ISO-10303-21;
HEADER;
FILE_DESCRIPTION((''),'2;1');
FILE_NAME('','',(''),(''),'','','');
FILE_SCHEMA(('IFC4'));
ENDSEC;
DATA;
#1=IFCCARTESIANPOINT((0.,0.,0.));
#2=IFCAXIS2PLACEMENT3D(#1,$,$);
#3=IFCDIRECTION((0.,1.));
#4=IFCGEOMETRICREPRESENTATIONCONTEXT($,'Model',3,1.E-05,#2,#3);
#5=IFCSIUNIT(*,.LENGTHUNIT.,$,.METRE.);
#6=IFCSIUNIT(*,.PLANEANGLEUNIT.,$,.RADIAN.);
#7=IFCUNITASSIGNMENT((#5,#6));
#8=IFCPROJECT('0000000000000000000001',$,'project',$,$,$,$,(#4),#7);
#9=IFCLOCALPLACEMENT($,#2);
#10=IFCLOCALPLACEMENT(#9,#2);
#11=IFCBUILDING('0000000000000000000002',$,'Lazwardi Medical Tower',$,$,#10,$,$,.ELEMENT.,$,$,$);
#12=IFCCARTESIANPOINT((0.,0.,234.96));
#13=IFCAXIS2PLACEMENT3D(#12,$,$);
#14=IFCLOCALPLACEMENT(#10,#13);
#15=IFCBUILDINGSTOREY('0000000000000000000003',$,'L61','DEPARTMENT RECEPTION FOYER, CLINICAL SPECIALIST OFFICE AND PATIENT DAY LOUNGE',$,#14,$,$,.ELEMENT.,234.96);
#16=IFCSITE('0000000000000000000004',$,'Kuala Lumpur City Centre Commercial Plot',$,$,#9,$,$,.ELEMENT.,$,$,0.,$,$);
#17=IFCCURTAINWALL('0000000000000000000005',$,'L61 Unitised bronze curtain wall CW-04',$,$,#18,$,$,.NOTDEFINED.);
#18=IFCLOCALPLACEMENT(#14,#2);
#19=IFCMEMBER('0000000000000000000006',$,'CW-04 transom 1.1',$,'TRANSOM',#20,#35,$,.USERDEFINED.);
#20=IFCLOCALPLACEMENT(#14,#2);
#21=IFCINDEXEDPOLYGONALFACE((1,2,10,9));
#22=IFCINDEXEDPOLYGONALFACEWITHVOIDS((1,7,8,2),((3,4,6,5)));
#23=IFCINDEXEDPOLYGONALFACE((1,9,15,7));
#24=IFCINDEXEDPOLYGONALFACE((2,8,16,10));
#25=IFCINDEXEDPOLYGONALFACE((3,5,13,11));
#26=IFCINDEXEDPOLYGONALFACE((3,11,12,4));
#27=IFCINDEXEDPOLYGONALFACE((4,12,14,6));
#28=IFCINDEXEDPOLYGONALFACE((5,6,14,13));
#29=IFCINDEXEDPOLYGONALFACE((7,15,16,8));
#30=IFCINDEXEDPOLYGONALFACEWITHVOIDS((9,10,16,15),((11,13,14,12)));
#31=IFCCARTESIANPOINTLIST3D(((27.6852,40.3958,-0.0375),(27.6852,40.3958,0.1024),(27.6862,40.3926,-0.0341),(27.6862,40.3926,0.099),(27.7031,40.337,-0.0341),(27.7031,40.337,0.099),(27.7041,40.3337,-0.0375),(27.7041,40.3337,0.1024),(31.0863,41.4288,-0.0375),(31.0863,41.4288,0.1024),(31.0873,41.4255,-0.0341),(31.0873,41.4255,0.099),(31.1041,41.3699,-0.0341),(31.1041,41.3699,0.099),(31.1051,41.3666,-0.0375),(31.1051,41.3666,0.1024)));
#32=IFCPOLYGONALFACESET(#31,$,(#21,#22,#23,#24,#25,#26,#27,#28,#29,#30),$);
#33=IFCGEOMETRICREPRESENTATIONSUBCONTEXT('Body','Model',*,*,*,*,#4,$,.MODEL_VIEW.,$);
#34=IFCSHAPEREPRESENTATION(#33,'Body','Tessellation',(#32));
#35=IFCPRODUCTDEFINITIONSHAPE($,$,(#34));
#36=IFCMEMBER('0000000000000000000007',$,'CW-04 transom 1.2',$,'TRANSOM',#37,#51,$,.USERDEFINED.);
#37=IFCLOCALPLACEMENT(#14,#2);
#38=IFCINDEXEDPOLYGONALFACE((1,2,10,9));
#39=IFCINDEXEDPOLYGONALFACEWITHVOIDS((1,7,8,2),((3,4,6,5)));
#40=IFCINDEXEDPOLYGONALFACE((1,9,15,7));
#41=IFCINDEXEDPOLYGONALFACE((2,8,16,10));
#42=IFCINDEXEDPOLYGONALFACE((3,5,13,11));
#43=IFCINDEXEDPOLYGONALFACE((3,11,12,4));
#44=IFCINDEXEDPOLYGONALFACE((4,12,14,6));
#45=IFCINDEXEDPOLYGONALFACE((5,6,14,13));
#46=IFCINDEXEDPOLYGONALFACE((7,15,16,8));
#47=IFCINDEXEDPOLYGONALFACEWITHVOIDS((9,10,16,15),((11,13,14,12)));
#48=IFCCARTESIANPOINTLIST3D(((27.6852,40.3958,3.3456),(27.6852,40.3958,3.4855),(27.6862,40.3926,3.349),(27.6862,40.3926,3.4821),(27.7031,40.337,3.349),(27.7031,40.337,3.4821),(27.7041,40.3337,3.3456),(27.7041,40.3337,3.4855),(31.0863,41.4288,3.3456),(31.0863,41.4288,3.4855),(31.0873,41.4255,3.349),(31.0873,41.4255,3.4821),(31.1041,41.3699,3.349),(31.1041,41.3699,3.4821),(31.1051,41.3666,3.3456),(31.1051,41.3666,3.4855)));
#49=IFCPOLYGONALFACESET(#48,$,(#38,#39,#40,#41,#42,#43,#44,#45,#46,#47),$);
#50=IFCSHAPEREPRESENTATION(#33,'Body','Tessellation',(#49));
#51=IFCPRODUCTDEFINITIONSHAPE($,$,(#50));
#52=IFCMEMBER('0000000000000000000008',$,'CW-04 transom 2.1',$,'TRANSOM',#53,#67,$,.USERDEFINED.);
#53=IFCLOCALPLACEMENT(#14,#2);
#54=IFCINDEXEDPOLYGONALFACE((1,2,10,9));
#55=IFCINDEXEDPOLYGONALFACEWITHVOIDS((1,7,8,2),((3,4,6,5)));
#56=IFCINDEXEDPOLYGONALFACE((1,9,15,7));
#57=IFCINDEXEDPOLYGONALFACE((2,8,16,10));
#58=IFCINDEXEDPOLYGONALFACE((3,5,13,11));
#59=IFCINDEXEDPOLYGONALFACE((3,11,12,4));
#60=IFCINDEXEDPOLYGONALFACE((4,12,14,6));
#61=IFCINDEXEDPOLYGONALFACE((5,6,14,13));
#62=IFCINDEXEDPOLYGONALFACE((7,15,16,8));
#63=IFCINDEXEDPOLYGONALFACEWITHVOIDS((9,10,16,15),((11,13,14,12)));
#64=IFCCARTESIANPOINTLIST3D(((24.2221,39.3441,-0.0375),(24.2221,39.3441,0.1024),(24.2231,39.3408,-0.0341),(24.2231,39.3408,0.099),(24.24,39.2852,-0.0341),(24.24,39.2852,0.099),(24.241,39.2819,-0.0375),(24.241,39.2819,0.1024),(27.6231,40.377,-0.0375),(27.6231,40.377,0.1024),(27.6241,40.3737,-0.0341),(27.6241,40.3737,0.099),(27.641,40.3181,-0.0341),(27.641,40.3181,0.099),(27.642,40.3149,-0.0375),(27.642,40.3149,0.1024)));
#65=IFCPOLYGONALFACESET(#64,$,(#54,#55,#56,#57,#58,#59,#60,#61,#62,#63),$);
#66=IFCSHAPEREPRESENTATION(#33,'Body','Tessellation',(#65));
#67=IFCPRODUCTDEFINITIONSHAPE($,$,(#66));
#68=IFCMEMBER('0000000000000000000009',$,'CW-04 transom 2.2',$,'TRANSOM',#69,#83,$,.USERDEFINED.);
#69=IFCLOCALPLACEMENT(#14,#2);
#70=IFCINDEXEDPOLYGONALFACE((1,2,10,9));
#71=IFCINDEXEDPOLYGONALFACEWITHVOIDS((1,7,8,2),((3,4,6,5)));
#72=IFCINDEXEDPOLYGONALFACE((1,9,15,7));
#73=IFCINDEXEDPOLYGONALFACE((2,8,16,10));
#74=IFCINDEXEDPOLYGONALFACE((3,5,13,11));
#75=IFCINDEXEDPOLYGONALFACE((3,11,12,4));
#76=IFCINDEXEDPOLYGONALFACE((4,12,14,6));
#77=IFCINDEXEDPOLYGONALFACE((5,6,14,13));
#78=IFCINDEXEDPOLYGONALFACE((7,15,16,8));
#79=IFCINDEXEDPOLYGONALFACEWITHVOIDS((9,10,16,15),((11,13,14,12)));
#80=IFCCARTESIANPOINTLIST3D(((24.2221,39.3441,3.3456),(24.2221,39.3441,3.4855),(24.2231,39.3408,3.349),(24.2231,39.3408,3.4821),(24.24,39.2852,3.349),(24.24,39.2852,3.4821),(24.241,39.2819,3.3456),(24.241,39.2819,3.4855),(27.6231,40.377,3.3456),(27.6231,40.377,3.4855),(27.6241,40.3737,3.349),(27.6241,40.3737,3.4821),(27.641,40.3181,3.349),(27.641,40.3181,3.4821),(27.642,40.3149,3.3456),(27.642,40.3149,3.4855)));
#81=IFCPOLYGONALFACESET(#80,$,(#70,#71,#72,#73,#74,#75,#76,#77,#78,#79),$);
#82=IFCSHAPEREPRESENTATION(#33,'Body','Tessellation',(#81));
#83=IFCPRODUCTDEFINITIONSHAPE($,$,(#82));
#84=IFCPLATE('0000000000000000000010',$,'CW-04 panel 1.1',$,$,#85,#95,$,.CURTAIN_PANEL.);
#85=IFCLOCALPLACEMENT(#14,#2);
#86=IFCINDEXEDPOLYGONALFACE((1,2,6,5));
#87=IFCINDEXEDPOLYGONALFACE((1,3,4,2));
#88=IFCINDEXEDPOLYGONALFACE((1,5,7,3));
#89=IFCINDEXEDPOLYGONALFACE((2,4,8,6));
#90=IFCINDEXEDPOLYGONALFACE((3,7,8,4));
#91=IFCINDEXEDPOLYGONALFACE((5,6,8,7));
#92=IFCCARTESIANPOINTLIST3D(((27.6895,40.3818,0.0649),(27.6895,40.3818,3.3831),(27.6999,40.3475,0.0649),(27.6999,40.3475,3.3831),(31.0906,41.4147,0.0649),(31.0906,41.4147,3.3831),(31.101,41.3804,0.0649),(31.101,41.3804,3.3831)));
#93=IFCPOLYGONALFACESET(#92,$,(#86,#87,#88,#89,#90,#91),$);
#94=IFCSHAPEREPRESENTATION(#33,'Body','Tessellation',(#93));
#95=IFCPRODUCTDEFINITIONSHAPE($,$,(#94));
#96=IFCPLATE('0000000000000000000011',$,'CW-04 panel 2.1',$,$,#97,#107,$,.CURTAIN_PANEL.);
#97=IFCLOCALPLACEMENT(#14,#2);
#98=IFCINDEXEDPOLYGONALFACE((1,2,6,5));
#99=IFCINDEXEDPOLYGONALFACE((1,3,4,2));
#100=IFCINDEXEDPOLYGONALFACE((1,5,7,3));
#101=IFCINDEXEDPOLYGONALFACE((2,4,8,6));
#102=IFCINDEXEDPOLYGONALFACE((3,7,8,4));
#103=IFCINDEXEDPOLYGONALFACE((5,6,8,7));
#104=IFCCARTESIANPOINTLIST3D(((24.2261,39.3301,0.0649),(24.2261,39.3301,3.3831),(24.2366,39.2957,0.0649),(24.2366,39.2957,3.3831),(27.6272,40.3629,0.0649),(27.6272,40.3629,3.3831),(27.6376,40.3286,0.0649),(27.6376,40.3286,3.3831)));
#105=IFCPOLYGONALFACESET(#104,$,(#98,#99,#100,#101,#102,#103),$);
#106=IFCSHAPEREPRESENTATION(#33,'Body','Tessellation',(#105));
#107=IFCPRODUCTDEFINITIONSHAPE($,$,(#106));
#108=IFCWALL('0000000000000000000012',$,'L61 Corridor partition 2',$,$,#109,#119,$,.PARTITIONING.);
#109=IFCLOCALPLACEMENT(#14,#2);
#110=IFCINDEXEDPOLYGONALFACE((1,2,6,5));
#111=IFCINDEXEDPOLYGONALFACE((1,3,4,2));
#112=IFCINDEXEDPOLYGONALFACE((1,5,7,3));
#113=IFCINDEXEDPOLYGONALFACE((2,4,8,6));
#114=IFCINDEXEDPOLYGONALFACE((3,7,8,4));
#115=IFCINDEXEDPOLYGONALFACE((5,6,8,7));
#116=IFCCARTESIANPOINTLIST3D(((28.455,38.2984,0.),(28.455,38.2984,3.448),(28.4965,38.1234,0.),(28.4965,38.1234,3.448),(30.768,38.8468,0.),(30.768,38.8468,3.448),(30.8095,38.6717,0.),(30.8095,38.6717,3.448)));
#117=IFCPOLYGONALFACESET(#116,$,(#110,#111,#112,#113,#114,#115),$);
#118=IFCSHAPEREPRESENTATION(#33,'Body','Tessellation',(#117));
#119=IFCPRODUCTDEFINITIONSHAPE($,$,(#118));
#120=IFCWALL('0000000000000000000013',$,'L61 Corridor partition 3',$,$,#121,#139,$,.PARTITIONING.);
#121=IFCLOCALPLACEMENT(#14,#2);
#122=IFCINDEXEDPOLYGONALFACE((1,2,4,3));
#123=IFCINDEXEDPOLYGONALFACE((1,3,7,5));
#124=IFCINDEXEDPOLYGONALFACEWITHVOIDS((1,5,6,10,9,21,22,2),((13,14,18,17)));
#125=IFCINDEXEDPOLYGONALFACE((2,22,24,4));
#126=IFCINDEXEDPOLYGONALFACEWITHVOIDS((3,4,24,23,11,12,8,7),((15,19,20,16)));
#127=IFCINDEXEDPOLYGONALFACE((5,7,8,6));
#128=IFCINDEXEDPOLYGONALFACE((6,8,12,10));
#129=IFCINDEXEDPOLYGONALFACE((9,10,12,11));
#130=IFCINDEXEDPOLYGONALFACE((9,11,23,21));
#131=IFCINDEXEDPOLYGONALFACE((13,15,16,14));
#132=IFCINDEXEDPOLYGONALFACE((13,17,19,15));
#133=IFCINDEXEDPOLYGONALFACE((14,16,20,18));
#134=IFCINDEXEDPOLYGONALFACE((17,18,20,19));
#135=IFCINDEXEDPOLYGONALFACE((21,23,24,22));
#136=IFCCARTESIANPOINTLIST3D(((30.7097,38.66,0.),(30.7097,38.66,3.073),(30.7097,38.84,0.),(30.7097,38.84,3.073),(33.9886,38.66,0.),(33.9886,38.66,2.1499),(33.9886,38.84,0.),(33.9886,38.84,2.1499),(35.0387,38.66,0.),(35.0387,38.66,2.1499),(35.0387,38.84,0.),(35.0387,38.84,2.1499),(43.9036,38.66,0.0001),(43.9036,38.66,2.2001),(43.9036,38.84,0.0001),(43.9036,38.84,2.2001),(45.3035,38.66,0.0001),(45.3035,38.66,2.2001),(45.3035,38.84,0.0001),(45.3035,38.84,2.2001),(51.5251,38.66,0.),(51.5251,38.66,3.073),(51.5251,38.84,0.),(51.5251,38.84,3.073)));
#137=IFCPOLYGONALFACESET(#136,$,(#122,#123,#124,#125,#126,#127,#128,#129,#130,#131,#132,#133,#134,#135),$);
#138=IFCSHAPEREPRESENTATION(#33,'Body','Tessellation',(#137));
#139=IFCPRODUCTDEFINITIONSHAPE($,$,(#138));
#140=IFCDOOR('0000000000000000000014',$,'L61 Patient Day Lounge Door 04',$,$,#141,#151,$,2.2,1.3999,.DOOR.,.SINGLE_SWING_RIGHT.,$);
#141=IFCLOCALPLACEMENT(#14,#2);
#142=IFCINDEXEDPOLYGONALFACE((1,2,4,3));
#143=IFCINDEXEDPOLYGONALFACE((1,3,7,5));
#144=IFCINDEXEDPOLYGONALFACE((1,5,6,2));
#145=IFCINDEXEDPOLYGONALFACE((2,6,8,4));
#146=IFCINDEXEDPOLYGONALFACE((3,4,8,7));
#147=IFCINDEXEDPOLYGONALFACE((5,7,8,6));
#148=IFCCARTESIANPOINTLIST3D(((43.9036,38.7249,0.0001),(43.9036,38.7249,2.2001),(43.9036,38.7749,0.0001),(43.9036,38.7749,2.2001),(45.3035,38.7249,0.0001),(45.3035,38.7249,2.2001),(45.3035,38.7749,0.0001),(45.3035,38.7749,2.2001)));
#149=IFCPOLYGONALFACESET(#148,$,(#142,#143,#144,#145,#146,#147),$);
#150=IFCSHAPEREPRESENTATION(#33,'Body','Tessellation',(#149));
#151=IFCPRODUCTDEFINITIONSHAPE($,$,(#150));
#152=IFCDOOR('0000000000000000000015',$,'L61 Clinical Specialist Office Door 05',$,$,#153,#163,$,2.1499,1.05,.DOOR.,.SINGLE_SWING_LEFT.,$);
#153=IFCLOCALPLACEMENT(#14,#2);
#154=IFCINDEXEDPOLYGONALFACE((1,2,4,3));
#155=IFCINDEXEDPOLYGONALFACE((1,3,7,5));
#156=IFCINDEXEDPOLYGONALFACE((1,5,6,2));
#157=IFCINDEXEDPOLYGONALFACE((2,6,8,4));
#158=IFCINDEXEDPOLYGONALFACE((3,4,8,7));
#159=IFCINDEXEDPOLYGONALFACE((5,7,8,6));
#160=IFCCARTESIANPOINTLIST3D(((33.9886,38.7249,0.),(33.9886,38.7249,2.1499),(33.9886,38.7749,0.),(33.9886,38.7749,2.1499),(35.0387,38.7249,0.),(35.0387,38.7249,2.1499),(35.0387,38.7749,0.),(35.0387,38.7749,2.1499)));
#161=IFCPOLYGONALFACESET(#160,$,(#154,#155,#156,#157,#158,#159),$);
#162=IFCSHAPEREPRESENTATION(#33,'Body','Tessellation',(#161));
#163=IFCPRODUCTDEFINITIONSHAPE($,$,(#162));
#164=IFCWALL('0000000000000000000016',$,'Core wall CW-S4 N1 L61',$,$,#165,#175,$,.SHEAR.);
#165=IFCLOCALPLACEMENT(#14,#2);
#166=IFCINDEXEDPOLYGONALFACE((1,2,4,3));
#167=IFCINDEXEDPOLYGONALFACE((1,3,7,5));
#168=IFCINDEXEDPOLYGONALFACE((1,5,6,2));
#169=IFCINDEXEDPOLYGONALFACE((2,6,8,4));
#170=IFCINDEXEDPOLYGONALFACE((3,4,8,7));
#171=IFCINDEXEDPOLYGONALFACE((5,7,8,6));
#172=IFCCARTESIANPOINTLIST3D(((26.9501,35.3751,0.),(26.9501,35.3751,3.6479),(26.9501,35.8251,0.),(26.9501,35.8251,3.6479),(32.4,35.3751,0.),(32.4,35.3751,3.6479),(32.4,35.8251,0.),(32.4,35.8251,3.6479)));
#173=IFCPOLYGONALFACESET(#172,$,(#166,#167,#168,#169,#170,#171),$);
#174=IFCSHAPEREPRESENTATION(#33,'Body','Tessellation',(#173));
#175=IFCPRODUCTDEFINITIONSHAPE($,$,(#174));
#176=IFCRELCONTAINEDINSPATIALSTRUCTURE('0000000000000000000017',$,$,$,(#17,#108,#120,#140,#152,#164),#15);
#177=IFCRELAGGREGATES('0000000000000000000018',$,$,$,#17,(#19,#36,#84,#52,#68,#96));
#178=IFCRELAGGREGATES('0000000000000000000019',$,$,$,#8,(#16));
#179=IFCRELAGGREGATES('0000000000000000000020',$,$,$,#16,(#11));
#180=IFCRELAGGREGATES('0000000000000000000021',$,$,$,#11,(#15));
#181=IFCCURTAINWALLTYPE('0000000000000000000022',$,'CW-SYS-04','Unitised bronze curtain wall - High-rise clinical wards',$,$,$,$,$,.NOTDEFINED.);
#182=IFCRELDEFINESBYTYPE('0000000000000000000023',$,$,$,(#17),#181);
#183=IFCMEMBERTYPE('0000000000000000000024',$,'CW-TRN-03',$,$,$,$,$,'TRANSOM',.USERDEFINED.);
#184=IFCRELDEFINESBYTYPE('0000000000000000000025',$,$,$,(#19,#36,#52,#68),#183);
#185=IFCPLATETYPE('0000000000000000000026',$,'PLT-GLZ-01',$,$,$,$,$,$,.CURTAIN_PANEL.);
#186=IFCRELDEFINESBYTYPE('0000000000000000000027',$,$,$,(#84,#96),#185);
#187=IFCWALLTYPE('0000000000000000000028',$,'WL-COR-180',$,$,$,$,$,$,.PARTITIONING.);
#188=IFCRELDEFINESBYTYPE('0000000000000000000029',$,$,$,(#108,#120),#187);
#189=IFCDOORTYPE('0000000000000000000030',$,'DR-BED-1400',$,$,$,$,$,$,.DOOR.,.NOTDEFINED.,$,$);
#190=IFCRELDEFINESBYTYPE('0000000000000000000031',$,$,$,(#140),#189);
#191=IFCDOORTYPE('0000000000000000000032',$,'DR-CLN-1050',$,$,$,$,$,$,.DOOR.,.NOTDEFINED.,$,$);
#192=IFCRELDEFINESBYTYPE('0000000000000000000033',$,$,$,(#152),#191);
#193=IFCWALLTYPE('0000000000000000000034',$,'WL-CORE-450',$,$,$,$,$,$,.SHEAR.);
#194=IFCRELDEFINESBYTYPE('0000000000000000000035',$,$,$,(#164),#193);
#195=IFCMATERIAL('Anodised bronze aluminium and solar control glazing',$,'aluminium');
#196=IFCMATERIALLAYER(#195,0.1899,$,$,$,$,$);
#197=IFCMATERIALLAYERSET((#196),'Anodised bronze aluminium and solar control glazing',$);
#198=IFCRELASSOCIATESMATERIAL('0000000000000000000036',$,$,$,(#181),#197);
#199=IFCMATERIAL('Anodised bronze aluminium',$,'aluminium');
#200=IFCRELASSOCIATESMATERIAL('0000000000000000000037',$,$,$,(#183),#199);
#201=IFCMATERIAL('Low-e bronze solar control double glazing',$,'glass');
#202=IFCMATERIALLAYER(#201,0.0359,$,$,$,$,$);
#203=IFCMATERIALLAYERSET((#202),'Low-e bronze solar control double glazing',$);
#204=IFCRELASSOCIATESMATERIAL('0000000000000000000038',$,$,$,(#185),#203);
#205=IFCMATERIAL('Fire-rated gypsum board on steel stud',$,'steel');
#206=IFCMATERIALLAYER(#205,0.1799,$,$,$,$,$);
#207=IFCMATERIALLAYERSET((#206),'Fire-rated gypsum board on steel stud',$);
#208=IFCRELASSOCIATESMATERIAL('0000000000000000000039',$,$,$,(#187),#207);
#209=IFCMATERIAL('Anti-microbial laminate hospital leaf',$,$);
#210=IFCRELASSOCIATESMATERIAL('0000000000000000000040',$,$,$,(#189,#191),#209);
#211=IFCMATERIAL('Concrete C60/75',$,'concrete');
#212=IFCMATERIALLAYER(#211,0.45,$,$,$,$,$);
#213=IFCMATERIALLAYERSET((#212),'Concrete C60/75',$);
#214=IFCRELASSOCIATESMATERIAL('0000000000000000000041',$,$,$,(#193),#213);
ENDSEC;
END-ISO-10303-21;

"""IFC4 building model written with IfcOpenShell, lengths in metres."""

from ifc_helpers import new_model, si_unit, direction, frame, frame_2d, origin, origin_2d, place, context, subcontext, project, spatial, rectangle, hollow_rectangle, extrude, material, layer, layer_set, material_profile, profile_set, type_object, element, fill, aggregate, save


model = new_model("IFC4")

# Units and contexts
model_context = context("Model", 3, precision=1e-05, world=origin(), true_north=direction((0.0, 1.0)))
body_context = subcontext(model_context, "Body", "Model", "MODEL_VIEW")
ifc_project = project(units=[si_unit("LENGTHUNIT", "METRE"), si_unit("PLANEANGLEUNIT", "RADIAN")], contexts=[model_context])

# Site, building, storey
site_placement = place(None, origin())
site = spatial("IfcSite", under=ifc_project, at=site_placement, Name="Kuala Lumpur City Centre Commercial Plot", CompositionType="ELEMENT", RefElevation=0.0)
building_placement = place(site_placement, origin())
building = spatial("IfcBuilding", under=site, at=building_placement, Name="Lazwardi Medical Tower", CompositionType="ELEMENT")
storey_placement = place(building_placement, frame((0.0, 0.0, 234.96)))
storey = spatial("IfcBuildingStorey", under=building, at=storey_placement, Name="L61", Description="DEPARTMENT RECEPTION FOYER, CLINICAL SPECIALIST OFFICE AND PATIENT DAY LOUNGE", CompositionType="ELEMENT", Elevation=234.96)

# Shared definitions
ifc_material_1 = material(Name="Concrete C60/75", Category="concrete")

# Curtain wall, members, plates
ifc_material_2 = material(Name="Anodised bronze aluminium and solar control glazing", Category="aluminium")
ifc_layer_1 = layer(ifc_material_2, 0.1899)
ifc_layer_set_1 = layer_set([ifc_layer_1], Name="Anodised bronze aluminium and solar control glazing")
curtain_wall_type = type_object("IfcCurtainWallType", Name="CW-SYS-04", Description="Unitised bronze curtain wall - High-rise clinical wards", PredefinedType="NOTDEFINED", material=ifc_layer_set_1)
curtain_wall_placement = place(storey_placement, origin())
curtain_wall = element("IfcCurtainWall", 1, at=curtain_wall_placement, inside=storey, type_object=curtain_wall_type, Name="L61 Unitised bronze curtain wall CW-04", PredefinedType="NOTDEFINED")
ifc_material_3 = material(Name="Anodised bronze aluminium", Category="aluminium")
ifc_material_profile_1 = material_profile(ifc_material_3, hollow_rectangle(XDim=0.0649, YDim=0.1399, WallThickness=0.0034, at=origin_2d()), Name="ALU-TRANSOM 140x65x3.5")
ifc_profile_set_1 = profile_set([ifc_material_profile_1], Name="Anodised bronze aluminium")
member_type_1 = type_object("IfcMemberType", Name="CW-TRN-03", ElementType="TRANSOM", PredefinedType="USERDEFINED", material=ifc_profile_set_1)
member_1_placement = place(storey_placement, frame((31.0957, 41.3977, 0.0325), z_axis=(-0.956843, -0.290604, 0.0), x_axis=(0.290604, -0.956843, 0.0)))
member_1 = element("IfcMember", 2, at=member_1_placement, type_object=member_type_1, Name="CW-04 transom 1.1", ObjectType="TRANSOM", PredefinedType="USERDEFINED", context=body_context, shape_type="SweptSolid", body=[
    extrude(hollow_rectangle(XDim=0.0649, YDim=0.1399, WallThickness=0.0034, at=origin_2d()), origin(), (0.0, 0.0, 1.0), 3.5544),
])
member_2_placement = place(storey_placement, frame((31.0957, 41.3977, 3.4155), z_axis=(-0.956843, -0.290604, 0.0), x_axis=(0.290604, -0.956843, 0.0)))
member_2 = element("IfcMember", 3, at=member_2_placement, type_object=member_type_1, Name="CW-04 transom 1.2", ObjectType="TRANSOM", PredefinedType="USERDEFINED", context=body_context, shape_type="SweptSolid", body=[
    extrude(hollow_rectangle(XDim=0.0649, YDim=0.1399, WallThickness=0.0034, at=origin_2d()), origin(), (0.0, 0.0, 1.0), 3.5544),
])
member_3_placement = place(storey_placement, frame((27.6326, 40.3459, 0.0325), z_axis=(-0.956843, -0.290604, 0.0), x_axis=(0.290604, -0.956843, 0.0)))
member_3 = element("IfcMember", 4, at=member_3_placement, type_object=member_type_1, Name="CW-04 transom 2.1", ObjectType="TRANSOM", PredefinedType="USERDEFINED", context=body_context, shape_type="SweptSolid", body=[
    extrude(hollow_rectangle(XDim=0.0649, YDim=0.1399, WallThickness=0.0034, at=origin_2d()), origin(), (0.0, 0.0, 1.0), 3.5544),
])
member_4_placement = place(storey_placement, frame((27.6326, 40.3459, 3.4155), z_axis=(-0.956843, -0.290604, 0.0), x_axis=(0.290604, -0.956843, 0.0)))
member_4 = element("IfcMember", 5, at=member_4_placement, type_object=member_type_1, Name="CW-04 transom 2.2", ObjectType="TRANSOM", PredefinedType="USERDEFINED", context=body_context, shape_type="SweptSolid", body=[
    extrude(hollow_rectangle(XDim=0.0649, YDim=0.1399, WallThickness=0.0034, at=origin_2d()), origin(), (0.0, 0.0, 1.0), 3.5544),
])
ifc_material_4 = material(Name="Low-e bronze solar control double glazing", Category="glass")
ifc_layer_2 = layer(ifc_material_4, 0.0359)
ifc_layer_set_2 = layer_set([ifc_layer_2], Name="Low-e bronze solar control double glazing")
plate_type = type_object("IfcPlateType", Name="PLT-GLZ-01", PredefinedType="CURTAIN_PANEL", material=ifc_layer_set_2)
plate_1_placement = place(storey_placement, frame((29.3953, 40.8811, 0.0649), z_axis=(0.0, 0.0, 1.0), x_axis=(-0.95685, -0.290582, 0.0)))
plate_1 = element("IfcPlate", 6, at=plate_1_placement, type_object=plate_type, Name="CW-04 panel 1.1", PredefinedType="CURTAIN_PANEL", context=body_context, shape_type="SweptSolid", body=[
    extrude(rectangle(XDim=3.5544, YDim=0.0359, at=origin_2d()), origin(), (0.0, 0.0, 1.0), 3.3181),
])
plate_2_placement = place(storey_placement, frame((25.9319, 39.8293, 0.0649), z_axis=(0.0, 0.0, 1.0), x_axis=(-0.95685, -0.290582, 0.0)))
plate_2 = element("IfcPlate", 7, at=plate_2_placement, type_object=plate_type, Name="CW-04 panel 2.1", PredefinedType="CURTAIN_PANEL", context=body_context, shape_type="SweptSolid", body=[
    extrude(rectangle(XDim=3.5544, YDim=0.0359, at=origin_2d()), origin(), (0.0, 0.0, 1.0), 3.3181),
])
aggregate(curtain_wall, [member_1, member_2, plate_1, member_3, member_4, plate_2])

# Wall
ifc_material_5 = material(Name="Fire-rated gypsum board on steel stud", Category="steel")
ifc_layer_3 = layer(ifc_material_5, 0.1799)
ifc_layer_set_3 = layer_set([ifc_layer_3], Name="Fire-rated gypsum board on steel stud")
wall_type_1 = type_object("IfcWallType", Name="WL-COR-180", PredefinedType="PARTITIONING", material=ifc_layer_set_3)
wall_1_placement = place(storey_placement, frame((28.4758, 38.2109, 0.0), z_axis=(0.0, 0.0, 1.0), x_axis=(0.973031, 0.230676, 0.0)))
element("IfcWall", 8, at=wall_1_placement, inside=storey, type_object=wall_type_1, Name="L61 Corridor partition 2", PredefinedType="PARTITIONING", context=body_context, shape_type="SweptSolid", body=[
    extrude(rectangle(XDim=2.3772, YDim=0.1799, at=frame_2d((1.1885, 0.0))), origin(), (0.0, 0.0, 1.0), 3.448),
])

# Wall, openings, doors
wall_2_placement = place(storey_placement, frame((30.7097, 38.75, 0.0), z_axis=(0.0, 0.0, 1.0), x_axis=(1.0, 0.0, 0.0)))
wall_2 = element("IfcWall", 9, at=wall_2_placement, inside=storey, type_object=wall_type_1, Name="L61 Corridor partition 3", PredefinedType="PARTITIONING", context=body_context, shape_type="SweptSolid", body=[
    extrude(rectangle(XDim=20.8154, YDim=0.1799, at=frame_2d((10.4077, 0.0))), origin(), (0.0, 0.0, 1.0), 3.073),
])
opening_1_placement = place(wall_2_placement, frame((13.1938, 0.0, 0.0)))
opening_1 = element("IfcOpeningElement", 10, at=opening_1_placement, cuts=wall_2, PredefinedType="OPENING", context=body_context, shape_type="SweptSolid", body=[
    extrude(rectangle(XDim=1.3999, YDim=2.2, at=frame_2d((0.7, 1.1001))), frame((0.0, 0.0999, 0.0), z_axis=(0.0, -1.0, 0.0), x_axis=(1.0, 0.0, 0.0)), (0.0, 0.0, 1.0), 0.2),
])
opening_2_placement = place(wall_2_placement, frame((3.2791, 0.0, 0.0)))
opening_2 = element("IfcOpeningElement", 11, at=opening_2_placement, cuts=wall_2, PredefinedType="OPENING", context=body_context, shape_type="SweptSolid", body=[
    extrude(rectangle(XDim=1.05, YDim=2.1499, at=frame_2d((0.5249, 1.075))), frame((0.0, 0.0999, 0.0), z_axis=(0.0, -1.0, 0.0), x_axis=(1.0, 0.0, 0.0)), (0.0, 0.0, 1.0), 0.2),
])
ifc_material_6 = material(Name="Anti-microbial laminate hospital leaf")
door_type_1 = type_object("IfcDoorType", Name="DR-BED-1400", OperationType="NOTDEFINED", PredefinedType="DOOR", material=ifc_material_6)
door_1_placement = place(opening_1_placement, origin())
door_1 = element("IfcDoor", 12, at=door_1_placement, inside=storey, type_object=door_type_1, Name="L61 Patient Day Lounge Door 04", OperationType="SINGLE_SWING_RIGHT", OverallHeight=2.2, OverallWidth=1.3999, PredefinedType="DOOR", context=body_context, shape_type="SweptSolid", body=[
    extrude(rectangle(XDim=1.3999, YDim=2.2, at=frame_2d((0.7, 1.1001))), frame((0.0, 0.0249, 0.0), z_axis=(0.0, -1.0, 0.0), x_axis=(1.0, 0.0, 0.0)), (0.0, 0.0, 1.0), 0.05),
])
fill(opening_1, door_1)
door_type_2 = type_object("IfcDoorType", Name="DR-CLN-1050", OperationType="NOTDEFINED", PredefinedType="DOOR", material=ifc_material_6)
door_2_placement = place(opening_2_placement, origin())
door_2 = element("IfcDoor", 13, at=door_2_placement, inside=storey, type_object=door_type_2, Name="L61 Clinical Specialist Office Door 05", OperationType="SINGLE_SWING_LEFT", OverallHeight=2.1499, OverallWidth=1.05, PredefinedType="DOOR", context=body_context, shape_type="SweptSolid", body=[
    extrude(rectangle(XDim=1.05, YDim=2.1499, at=frame_2d((0.5249, 1.075))), frame((0.0, 0.0249, 0.0), z_axis=(0.0, -1.0, 0.0), x_axis=(1.0, 0.0, 0.0)), (0.0, 0.0, 1.0), 0.05),
])
fill(opening_2, door_2)

# Wall
ifc_layer_4 = layer(ifc_material_1, 0.45)
ifc_layer_set_4 = layer_set([ifc_layer_4], Name="Concrete C60/75")
wall_type_2 = type_object("IfcWallType", Name="WL-CORE-450", PredefinedType="SHEAR", material=ifc_layer_set_4)
wall_3_placement = place(storey_placement, frame((26.95, 35.6001, 0.0), z_axis=(0.0, 0.0, 1.0), x_axis=(1.0, 0.0, 0.0)))
element("IfcWall", 14, at=wall_3_placement, inside=storey, type_object=wall_type_2, Name="Core wall CW-S4 N1 L61", PredefinedType="SHEAR", context=body_context, shape_type="SweptSolid", body=[
    extrude(rectangle(XDim=5.45, YDim=0.45, at=frame_2d((2.7251, 0.0))), origin(), (0.0, 0.0, 1.0), 3.6479),
])

save(model, "model.ifc")
